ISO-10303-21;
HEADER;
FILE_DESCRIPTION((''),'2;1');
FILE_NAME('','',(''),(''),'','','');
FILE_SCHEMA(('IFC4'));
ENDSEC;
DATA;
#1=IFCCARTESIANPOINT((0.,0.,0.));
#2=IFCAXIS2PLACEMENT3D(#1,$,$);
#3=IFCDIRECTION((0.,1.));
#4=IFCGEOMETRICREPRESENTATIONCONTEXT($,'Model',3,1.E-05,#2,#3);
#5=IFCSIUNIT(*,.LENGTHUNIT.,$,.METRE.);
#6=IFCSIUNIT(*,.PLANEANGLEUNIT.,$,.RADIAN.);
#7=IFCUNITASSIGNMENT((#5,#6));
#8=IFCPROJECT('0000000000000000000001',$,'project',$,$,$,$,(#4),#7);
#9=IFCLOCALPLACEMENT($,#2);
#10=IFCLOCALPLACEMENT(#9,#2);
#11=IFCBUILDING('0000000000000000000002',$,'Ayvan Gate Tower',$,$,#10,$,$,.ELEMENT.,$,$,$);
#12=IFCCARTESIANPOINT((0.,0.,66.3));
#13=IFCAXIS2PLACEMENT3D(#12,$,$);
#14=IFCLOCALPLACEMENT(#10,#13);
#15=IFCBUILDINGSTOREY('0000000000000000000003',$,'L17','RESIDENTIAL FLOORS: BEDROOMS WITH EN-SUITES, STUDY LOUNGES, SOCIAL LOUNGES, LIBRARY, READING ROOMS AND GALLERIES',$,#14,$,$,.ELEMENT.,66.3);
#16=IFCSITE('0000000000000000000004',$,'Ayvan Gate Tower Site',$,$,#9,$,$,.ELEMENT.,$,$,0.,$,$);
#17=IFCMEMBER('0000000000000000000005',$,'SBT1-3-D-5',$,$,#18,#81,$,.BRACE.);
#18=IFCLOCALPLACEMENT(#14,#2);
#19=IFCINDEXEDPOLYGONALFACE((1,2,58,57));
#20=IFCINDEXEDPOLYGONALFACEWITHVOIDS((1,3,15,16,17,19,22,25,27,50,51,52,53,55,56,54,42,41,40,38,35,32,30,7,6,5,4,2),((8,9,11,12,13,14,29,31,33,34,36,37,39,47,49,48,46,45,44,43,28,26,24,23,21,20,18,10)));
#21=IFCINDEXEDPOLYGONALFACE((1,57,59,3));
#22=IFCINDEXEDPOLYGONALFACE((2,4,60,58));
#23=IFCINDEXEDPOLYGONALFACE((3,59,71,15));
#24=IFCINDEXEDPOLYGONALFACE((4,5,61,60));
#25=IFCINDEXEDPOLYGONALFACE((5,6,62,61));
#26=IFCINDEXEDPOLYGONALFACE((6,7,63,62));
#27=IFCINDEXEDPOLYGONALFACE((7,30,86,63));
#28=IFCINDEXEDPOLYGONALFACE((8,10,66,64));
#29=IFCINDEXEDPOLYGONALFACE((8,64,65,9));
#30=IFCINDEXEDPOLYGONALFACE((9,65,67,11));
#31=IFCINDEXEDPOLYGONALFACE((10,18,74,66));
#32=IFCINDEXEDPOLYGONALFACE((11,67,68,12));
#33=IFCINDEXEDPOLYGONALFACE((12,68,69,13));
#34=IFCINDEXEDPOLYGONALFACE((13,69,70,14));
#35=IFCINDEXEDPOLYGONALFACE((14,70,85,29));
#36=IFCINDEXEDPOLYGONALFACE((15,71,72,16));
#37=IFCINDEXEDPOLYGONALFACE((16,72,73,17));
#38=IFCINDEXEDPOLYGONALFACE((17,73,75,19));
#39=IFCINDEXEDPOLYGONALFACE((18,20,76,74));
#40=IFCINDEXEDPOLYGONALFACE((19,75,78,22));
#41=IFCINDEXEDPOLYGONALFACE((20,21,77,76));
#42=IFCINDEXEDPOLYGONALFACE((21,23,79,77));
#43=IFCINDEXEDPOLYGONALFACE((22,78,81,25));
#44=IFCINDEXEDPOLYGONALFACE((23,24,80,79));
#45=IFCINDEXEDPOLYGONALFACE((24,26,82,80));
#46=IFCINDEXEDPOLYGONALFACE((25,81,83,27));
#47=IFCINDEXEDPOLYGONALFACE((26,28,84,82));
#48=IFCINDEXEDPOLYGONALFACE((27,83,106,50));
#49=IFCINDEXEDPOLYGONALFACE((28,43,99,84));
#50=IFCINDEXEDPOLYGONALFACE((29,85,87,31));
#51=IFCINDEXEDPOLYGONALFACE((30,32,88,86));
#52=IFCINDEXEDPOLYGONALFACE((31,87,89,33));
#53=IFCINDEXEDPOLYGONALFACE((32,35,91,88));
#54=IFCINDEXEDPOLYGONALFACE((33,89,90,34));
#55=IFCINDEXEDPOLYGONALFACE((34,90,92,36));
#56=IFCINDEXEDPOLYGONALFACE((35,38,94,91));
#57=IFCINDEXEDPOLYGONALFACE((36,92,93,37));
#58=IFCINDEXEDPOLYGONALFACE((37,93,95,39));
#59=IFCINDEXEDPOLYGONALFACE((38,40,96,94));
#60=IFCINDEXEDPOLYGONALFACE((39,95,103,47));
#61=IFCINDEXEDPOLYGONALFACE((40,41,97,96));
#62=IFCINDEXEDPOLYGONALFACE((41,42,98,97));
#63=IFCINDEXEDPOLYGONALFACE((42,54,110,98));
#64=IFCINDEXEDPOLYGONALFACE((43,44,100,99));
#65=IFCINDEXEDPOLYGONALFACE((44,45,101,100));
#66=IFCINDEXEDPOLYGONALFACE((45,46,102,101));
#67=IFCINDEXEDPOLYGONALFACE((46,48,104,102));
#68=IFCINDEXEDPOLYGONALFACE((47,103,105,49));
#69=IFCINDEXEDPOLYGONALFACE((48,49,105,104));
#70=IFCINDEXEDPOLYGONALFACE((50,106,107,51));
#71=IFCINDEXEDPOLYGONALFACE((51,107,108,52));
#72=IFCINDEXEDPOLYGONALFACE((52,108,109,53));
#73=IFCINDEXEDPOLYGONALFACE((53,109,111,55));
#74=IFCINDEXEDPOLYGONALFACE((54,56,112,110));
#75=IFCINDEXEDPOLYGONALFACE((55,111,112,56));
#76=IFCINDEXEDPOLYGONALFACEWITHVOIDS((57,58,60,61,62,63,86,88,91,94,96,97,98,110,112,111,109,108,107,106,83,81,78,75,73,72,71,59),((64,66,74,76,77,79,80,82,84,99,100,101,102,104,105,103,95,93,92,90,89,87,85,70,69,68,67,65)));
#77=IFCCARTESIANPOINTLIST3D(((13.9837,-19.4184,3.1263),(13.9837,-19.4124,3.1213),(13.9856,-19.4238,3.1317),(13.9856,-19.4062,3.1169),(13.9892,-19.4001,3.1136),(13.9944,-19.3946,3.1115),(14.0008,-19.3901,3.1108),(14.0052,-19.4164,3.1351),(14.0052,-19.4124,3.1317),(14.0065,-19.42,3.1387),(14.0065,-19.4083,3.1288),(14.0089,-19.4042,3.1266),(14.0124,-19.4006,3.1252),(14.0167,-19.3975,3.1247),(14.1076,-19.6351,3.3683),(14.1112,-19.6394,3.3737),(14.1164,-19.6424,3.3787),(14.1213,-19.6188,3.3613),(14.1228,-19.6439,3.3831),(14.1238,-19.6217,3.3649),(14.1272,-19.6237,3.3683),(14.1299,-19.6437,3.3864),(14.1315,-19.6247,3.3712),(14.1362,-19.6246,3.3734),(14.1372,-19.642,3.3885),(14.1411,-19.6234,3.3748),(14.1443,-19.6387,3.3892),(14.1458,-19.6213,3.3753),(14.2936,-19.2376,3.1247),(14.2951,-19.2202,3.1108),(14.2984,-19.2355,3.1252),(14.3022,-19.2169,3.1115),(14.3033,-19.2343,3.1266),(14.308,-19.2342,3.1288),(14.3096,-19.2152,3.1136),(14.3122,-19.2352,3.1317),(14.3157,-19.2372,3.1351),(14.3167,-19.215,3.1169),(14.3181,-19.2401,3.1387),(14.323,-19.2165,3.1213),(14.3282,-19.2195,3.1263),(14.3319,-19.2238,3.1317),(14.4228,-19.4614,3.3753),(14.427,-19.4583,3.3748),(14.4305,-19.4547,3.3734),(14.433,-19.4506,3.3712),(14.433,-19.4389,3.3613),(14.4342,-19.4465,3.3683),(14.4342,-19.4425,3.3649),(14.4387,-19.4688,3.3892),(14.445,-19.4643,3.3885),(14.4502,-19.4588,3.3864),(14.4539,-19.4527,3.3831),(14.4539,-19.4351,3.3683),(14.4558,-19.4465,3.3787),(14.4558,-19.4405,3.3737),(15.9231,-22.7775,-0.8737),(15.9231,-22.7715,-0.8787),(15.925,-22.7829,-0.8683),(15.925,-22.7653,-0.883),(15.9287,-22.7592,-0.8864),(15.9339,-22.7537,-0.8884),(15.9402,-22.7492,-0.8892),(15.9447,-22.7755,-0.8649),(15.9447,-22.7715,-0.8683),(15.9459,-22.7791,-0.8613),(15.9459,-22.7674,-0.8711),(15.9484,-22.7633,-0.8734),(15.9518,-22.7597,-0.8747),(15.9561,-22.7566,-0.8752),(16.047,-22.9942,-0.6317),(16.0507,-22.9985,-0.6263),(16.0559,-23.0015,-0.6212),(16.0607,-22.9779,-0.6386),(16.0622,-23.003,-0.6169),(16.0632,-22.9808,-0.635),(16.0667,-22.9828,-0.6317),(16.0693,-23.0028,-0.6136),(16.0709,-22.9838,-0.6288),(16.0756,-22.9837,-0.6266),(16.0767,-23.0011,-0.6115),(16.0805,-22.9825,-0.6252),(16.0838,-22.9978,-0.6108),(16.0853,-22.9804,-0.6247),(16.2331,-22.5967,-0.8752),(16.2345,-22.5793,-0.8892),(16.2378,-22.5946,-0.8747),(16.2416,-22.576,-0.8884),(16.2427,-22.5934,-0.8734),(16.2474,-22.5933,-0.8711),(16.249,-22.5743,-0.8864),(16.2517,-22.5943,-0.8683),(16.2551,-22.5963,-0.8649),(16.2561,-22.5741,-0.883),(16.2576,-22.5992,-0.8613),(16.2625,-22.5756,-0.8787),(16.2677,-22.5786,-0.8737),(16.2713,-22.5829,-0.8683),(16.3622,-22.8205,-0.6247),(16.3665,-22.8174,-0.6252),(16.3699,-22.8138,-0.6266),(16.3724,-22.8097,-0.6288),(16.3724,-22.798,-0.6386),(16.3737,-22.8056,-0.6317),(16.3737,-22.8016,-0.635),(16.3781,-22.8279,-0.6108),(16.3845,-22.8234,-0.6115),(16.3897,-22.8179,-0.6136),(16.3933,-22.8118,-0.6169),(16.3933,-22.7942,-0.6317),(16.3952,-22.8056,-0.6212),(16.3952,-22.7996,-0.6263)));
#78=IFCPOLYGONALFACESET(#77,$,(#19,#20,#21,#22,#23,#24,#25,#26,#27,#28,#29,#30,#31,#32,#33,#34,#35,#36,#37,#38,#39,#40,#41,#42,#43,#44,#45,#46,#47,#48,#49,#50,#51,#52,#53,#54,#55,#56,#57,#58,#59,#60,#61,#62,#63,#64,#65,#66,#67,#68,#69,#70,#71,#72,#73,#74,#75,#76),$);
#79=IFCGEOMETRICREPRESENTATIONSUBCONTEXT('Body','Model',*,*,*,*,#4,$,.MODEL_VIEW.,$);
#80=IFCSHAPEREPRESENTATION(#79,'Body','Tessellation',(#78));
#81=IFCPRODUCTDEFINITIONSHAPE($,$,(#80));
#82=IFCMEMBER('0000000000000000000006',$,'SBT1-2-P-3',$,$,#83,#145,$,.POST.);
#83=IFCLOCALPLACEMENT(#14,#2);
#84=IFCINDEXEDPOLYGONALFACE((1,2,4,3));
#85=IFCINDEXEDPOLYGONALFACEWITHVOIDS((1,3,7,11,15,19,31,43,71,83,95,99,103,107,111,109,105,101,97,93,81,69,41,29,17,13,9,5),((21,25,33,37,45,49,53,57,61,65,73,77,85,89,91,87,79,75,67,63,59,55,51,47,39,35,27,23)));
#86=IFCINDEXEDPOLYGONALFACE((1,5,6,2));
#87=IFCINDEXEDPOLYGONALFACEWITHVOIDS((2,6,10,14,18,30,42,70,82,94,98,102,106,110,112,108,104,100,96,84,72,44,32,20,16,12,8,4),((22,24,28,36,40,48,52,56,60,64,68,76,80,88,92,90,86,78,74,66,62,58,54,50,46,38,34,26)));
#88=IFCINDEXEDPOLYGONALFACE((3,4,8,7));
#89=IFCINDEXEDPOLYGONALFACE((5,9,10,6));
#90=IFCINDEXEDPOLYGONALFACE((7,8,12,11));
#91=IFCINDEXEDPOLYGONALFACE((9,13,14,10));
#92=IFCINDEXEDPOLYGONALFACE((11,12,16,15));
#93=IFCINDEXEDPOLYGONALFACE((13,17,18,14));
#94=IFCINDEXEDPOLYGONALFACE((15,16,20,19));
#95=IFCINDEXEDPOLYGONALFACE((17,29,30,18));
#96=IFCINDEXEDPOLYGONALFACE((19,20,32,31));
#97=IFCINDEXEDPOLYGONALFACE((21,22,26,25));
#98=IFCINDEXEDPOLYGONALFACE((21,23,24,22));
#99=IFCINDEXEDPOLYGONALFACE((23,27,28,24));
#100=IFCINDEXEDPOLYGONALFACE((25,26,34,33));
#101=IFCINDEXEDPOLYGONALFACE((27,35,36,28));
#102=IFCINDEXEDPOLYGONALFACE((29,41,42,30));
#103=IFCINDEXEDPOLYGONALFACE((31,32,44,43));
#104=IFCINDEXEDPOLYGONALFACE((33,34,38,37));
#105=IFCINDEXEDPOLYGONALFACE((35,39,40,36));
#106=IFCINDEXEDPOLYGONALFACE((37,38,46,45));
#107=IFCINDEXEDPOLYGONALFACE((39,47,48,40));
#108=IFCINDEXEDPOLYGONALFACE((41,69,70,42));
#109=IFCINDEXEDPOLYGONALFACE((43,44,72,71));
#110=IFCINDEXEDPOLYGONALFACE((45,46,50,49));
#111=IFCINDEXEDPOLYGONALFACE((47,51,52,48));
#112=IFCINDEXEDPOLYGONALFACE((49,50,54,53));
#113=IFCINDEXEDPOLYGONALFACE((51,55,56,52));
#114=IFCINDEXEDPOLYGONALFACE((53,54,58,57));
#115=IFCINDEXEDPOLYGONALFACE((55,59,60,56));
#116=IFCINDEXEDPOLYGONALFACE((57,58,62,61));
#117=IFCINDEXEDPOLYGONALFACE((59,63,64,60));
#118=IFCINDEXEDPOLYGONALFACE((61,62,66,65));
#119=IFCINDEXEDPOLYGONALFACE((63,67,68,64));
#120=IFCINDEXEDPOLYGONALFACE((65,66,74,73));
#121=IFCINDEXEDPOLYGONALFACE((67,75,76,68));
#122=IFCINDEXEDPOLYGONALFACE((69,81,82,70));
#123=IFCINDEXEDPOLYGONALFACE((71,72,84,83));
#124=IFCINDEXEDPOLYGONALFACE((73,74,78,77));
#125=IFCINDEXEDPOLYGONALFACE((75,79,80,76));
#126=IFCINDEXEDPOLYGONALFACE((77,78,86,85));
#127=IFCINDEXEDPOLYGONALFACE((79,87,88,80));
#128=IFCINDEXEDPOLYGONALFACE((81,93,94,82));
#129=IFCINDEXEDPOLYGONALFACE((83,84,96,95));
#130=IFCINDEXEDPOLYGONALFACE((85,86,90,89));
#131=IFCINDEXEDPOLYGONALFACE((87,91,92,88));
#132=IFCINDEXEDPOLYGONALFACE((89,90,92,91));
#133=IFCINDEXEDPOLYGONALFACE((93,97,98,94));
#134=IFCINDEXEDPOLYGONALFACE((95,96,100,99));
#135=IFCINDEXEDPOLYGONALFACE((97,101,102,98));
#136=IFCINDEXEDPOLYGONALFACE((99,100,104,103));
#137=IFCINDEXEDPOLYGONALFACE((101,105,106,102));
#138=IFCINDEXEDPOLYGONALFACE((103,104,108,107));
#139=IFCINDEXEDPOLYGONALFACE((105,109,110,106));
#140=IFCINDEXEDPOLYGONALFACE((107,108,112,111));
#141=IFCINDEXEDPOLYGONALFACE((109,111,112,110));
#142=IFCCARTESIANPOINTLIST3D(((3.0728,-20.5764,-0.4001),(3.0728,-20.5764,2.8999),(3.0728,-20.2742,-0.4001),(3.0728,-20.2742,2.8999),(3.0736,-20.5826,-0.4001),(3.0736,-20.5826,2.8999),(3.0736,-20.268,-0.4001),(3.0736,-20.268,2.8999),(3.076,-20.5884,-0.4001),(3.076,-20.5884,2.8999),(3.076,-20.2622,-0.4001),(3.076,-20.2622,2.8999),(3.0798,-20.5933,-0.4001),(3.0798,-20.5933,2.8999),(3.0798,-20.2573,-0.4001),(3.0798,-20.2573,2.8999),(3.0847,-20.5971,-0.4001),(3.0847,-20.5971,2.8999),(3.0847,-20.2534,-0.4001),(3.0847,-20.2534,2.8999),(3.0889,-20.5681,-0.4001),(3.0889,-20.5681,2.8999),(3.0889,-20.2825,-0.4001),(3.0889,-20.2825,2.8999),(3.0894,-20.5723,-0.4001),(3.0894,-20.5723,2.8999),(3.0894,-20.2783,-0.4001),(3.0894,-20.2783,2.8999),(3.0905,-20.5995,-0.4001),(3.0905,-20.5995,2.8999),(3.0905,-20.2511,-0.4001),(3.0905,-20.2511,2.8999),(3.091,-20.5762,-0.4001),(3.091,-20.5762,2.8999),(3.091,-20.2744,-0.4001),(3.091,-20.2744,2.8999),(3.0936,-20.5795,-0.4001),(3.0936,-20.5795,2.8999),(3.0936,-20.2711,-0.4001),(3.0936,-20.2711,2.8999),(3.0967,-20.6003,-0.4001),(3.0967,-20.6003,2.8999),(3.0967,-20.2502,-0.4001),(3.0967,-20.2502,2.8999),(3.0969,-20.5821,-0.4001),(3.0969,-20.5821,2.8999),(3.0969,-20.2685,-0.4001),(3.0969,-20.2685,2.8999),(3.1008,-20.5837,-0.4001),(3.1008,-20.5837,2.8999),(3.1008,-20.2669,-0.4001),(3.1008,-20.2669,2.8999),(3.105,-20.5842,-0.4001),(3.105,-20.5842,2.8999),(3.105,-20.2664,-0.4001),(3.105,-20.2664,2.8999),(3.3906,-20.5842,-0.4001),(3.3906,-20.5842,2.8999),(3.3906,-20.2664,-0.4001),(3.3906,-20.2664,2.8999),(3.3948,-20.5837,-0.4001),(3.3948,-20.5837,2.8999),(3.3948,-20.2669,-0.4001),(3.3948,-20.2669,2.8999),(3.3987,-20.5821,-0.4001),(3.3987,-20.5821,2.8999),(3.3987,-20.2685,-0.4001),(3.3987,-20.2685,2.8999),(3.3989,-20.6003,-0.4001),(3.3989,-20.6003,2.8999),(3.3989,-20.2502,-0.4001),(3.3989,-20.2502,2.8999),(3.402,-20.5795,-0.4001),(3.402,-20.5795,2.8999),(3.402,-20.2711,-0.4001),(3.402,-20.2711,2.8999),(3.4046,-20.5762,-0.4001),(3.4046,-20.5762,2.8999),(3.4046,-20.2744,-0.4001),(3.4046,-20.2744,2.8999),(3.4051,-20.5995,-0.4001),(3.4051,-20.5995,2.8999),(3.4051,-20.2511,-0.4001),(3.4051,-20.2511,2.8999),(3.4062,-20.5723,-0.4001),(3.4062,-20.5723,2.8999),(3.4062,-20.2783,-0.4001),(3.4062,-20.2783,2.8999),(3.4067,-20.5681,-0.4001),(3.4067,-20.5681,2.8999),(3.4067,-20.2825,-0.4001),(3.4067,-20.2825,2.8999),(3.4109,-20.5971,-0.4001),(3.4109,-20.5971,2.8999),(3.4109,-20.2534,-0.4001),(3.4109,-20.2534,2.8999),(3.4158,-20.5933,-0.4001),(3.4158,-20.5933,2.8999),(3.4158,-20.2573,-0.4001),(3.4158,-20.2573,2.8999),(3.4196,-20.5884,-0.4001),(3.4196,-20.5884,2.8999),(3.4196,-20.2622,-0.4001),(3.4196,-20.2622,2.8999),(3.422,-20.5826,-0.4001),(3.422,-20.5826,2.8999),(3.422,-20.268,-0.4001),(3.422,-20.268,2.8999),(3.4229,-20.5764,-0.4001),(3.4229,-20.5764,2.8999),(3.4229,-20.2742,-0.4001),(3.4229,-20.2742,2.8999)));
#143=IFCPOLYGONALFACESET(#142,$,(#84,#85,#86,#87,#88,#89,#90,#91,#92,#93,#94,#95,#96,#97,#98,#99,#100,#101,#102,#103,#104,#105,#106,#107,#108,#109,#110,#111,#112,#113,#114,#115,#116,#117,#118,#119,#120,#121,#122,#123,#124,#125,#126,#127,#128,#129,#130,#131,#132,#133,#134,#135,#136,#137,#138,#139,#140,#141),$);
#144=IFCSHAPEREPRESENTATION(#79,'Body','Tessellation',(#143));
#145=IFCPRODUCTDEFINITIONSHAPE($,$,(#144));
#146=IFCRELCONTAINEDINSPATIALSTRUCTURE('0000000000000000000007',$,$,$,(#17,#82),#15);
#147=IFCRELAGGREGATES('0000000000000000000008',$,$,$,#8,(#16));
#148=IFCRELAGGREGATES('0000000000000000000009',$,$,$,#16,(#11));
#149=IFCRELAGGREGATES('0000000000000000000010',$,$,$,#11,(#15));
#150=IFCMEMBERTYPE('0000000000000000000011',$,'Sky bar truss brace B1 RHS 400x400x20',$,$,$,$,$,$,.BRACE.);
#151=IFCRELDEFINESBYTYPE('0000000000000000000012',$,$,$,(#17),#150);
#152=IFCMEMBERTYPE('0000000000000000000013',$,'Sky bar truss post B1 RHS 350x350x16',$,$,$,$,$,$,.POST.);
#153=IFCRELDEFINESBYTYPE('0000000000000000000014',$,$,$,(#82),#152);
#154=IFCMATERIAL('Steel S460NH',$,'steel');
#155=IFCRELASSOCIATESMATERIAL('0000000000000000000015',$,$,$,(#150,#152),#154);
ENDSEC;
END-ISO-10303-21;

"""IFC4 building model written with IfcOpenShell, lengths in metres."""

from ifc_helpers import new_model, si_unit, direction, frame, origin, origin_2d, place, context, subcontext, project, spatial, hollow_rectangle, extrude, material, material_profile, profile_set, type_object, element, save


model = new_model("IFC4")

# Units and contexts
model_context = context("Model", 3, precision=1e-05, world=origin(), true_north=direction((0.0, 1.0)))
body_context = subcontext(model_context, "Body", "Model", "MODEL_VIEW")
ifc_project = project(units=[si_unit("LENGTHUNIT", "METRE"), si_unit("PLANEANGLEUNIT", "RADIAN")], contexts=[model_context])

# Site, building, storey
site_placement = place(None, origin())
site = spatial("IfcSite", under=ifc_project, at=site_placement, Name="Ayvan Gate Tower Site", CompositionType="ELEMENT", RefElevation=0.0)
building_placement = place(site_placement, origin())
building = spatial("IfcBuilding", under=site, at=building_placement, Name="Ayvan Gate Tower", CompositionType="ELEMENT")
storey_placement = place(building_placement, frame((0.0, 0.0, 66.3)))
storey = spatial("IfcBuildingStorey", under=building, at=storey_placement, Name="L17", Description="RESIDENTIAL FLOORS: BEDROOMS WITH EN-SUITES, STUDY LOUNGES, SOCIAL LOUNGES, LIBRARY, READING ROOMS AND GALLERIES", CompositionType="ELEMENT", Elevation=66.3)

# Members
ifc_material_1 = material(Name="Steel S460NH", Category="steel")
ifc_material_profile_1 = material_profile(ifc_material_1, hollow_rectangle(XDim=0.3999, YDim=0.3999, WallThickness=0.02, InnerFilletRadius=0.02, OuterFilletRadius=0.03, at=origin_2d()), Name="RHS 400x400x20")
ifc_profile_set_1 = profile_set([ifc_material_profile_1], Name="Steel S460NH")
member_type_1 = type_object("IfcMemberType", Name="Sky bar truss brace B1 RHS 400x400x20", PredefinedType="BRACE", material=ifc_profile_set_1)
member_1_placement = place(storey_placement, frame((14.2197, -19.4294, 3.25), z_axis=(0.348082, -0.602878, -0.717898), x_axis=(0.866019, 0.500011, 0.0)))
element("IfcMember", 1, at=member_1_placement, inside=storey, type_object=member_type_1, Name="SBT1-3-D-5", PredefinedType="BRACE", context=body_context, shape_type="SweptSolid", body=[
    extrude(hollow_rectangle(XDim=0.3999, YDim=0.3999, WallThickness=0.02, InnerFilletRadius=0.02, OuterFilletRadius=0.03, at=origin_2d()), origin(), (0.0, 0.0, 1.0), 5.5718),
])
ifc_material_profile_2 = material_profile(ifc_material_1, hollow_rectangle(XDim=0.3501, YDim=0.3501, WallThickness=0.0161, InnerFilletRadius=0.0161, OuterFilletRadius=0.0239, at=origin_2d()), Name="RHS 350x350x16")
ifc_profile_set_2 = profile_set([ifc_material_profile_2], Name="Steel S460NH")
member_type_2 = type_object("IfcMemberType", Name="Sky bar truss post B1 RHS 350x350x16", PredefinedType="POST", material=ifc_profile_set_2)
for number, where, z_axis, x_axis, name in (
    (2, (3.2478, -20.4253, -0.4001), (0.0, 0.0, 1.0), (1.0, 0.0, 0.0), "SBT1-2-P-3"),
):
    element("IfcMember", number, at=place(storey_placement, frame(where, z_axis=z_axis, x_axis=x_axis)), inside=storey, type_object=member_type_2, Name=name, PredefinedType="POST", context=body_context, shape_type="SweptSolid", body=[
        extrude(hollow_rectangle(XDim=0.3501, YDim=0.3501, WallThickness=0.0161, InnerFilletRadius=0.0161, OuterFilletRadius=0.0239, at=origin_2d()), origin(), (0.0, 0.0, 1.0), 3.3),
    ])

save(model, "model.ifc")
